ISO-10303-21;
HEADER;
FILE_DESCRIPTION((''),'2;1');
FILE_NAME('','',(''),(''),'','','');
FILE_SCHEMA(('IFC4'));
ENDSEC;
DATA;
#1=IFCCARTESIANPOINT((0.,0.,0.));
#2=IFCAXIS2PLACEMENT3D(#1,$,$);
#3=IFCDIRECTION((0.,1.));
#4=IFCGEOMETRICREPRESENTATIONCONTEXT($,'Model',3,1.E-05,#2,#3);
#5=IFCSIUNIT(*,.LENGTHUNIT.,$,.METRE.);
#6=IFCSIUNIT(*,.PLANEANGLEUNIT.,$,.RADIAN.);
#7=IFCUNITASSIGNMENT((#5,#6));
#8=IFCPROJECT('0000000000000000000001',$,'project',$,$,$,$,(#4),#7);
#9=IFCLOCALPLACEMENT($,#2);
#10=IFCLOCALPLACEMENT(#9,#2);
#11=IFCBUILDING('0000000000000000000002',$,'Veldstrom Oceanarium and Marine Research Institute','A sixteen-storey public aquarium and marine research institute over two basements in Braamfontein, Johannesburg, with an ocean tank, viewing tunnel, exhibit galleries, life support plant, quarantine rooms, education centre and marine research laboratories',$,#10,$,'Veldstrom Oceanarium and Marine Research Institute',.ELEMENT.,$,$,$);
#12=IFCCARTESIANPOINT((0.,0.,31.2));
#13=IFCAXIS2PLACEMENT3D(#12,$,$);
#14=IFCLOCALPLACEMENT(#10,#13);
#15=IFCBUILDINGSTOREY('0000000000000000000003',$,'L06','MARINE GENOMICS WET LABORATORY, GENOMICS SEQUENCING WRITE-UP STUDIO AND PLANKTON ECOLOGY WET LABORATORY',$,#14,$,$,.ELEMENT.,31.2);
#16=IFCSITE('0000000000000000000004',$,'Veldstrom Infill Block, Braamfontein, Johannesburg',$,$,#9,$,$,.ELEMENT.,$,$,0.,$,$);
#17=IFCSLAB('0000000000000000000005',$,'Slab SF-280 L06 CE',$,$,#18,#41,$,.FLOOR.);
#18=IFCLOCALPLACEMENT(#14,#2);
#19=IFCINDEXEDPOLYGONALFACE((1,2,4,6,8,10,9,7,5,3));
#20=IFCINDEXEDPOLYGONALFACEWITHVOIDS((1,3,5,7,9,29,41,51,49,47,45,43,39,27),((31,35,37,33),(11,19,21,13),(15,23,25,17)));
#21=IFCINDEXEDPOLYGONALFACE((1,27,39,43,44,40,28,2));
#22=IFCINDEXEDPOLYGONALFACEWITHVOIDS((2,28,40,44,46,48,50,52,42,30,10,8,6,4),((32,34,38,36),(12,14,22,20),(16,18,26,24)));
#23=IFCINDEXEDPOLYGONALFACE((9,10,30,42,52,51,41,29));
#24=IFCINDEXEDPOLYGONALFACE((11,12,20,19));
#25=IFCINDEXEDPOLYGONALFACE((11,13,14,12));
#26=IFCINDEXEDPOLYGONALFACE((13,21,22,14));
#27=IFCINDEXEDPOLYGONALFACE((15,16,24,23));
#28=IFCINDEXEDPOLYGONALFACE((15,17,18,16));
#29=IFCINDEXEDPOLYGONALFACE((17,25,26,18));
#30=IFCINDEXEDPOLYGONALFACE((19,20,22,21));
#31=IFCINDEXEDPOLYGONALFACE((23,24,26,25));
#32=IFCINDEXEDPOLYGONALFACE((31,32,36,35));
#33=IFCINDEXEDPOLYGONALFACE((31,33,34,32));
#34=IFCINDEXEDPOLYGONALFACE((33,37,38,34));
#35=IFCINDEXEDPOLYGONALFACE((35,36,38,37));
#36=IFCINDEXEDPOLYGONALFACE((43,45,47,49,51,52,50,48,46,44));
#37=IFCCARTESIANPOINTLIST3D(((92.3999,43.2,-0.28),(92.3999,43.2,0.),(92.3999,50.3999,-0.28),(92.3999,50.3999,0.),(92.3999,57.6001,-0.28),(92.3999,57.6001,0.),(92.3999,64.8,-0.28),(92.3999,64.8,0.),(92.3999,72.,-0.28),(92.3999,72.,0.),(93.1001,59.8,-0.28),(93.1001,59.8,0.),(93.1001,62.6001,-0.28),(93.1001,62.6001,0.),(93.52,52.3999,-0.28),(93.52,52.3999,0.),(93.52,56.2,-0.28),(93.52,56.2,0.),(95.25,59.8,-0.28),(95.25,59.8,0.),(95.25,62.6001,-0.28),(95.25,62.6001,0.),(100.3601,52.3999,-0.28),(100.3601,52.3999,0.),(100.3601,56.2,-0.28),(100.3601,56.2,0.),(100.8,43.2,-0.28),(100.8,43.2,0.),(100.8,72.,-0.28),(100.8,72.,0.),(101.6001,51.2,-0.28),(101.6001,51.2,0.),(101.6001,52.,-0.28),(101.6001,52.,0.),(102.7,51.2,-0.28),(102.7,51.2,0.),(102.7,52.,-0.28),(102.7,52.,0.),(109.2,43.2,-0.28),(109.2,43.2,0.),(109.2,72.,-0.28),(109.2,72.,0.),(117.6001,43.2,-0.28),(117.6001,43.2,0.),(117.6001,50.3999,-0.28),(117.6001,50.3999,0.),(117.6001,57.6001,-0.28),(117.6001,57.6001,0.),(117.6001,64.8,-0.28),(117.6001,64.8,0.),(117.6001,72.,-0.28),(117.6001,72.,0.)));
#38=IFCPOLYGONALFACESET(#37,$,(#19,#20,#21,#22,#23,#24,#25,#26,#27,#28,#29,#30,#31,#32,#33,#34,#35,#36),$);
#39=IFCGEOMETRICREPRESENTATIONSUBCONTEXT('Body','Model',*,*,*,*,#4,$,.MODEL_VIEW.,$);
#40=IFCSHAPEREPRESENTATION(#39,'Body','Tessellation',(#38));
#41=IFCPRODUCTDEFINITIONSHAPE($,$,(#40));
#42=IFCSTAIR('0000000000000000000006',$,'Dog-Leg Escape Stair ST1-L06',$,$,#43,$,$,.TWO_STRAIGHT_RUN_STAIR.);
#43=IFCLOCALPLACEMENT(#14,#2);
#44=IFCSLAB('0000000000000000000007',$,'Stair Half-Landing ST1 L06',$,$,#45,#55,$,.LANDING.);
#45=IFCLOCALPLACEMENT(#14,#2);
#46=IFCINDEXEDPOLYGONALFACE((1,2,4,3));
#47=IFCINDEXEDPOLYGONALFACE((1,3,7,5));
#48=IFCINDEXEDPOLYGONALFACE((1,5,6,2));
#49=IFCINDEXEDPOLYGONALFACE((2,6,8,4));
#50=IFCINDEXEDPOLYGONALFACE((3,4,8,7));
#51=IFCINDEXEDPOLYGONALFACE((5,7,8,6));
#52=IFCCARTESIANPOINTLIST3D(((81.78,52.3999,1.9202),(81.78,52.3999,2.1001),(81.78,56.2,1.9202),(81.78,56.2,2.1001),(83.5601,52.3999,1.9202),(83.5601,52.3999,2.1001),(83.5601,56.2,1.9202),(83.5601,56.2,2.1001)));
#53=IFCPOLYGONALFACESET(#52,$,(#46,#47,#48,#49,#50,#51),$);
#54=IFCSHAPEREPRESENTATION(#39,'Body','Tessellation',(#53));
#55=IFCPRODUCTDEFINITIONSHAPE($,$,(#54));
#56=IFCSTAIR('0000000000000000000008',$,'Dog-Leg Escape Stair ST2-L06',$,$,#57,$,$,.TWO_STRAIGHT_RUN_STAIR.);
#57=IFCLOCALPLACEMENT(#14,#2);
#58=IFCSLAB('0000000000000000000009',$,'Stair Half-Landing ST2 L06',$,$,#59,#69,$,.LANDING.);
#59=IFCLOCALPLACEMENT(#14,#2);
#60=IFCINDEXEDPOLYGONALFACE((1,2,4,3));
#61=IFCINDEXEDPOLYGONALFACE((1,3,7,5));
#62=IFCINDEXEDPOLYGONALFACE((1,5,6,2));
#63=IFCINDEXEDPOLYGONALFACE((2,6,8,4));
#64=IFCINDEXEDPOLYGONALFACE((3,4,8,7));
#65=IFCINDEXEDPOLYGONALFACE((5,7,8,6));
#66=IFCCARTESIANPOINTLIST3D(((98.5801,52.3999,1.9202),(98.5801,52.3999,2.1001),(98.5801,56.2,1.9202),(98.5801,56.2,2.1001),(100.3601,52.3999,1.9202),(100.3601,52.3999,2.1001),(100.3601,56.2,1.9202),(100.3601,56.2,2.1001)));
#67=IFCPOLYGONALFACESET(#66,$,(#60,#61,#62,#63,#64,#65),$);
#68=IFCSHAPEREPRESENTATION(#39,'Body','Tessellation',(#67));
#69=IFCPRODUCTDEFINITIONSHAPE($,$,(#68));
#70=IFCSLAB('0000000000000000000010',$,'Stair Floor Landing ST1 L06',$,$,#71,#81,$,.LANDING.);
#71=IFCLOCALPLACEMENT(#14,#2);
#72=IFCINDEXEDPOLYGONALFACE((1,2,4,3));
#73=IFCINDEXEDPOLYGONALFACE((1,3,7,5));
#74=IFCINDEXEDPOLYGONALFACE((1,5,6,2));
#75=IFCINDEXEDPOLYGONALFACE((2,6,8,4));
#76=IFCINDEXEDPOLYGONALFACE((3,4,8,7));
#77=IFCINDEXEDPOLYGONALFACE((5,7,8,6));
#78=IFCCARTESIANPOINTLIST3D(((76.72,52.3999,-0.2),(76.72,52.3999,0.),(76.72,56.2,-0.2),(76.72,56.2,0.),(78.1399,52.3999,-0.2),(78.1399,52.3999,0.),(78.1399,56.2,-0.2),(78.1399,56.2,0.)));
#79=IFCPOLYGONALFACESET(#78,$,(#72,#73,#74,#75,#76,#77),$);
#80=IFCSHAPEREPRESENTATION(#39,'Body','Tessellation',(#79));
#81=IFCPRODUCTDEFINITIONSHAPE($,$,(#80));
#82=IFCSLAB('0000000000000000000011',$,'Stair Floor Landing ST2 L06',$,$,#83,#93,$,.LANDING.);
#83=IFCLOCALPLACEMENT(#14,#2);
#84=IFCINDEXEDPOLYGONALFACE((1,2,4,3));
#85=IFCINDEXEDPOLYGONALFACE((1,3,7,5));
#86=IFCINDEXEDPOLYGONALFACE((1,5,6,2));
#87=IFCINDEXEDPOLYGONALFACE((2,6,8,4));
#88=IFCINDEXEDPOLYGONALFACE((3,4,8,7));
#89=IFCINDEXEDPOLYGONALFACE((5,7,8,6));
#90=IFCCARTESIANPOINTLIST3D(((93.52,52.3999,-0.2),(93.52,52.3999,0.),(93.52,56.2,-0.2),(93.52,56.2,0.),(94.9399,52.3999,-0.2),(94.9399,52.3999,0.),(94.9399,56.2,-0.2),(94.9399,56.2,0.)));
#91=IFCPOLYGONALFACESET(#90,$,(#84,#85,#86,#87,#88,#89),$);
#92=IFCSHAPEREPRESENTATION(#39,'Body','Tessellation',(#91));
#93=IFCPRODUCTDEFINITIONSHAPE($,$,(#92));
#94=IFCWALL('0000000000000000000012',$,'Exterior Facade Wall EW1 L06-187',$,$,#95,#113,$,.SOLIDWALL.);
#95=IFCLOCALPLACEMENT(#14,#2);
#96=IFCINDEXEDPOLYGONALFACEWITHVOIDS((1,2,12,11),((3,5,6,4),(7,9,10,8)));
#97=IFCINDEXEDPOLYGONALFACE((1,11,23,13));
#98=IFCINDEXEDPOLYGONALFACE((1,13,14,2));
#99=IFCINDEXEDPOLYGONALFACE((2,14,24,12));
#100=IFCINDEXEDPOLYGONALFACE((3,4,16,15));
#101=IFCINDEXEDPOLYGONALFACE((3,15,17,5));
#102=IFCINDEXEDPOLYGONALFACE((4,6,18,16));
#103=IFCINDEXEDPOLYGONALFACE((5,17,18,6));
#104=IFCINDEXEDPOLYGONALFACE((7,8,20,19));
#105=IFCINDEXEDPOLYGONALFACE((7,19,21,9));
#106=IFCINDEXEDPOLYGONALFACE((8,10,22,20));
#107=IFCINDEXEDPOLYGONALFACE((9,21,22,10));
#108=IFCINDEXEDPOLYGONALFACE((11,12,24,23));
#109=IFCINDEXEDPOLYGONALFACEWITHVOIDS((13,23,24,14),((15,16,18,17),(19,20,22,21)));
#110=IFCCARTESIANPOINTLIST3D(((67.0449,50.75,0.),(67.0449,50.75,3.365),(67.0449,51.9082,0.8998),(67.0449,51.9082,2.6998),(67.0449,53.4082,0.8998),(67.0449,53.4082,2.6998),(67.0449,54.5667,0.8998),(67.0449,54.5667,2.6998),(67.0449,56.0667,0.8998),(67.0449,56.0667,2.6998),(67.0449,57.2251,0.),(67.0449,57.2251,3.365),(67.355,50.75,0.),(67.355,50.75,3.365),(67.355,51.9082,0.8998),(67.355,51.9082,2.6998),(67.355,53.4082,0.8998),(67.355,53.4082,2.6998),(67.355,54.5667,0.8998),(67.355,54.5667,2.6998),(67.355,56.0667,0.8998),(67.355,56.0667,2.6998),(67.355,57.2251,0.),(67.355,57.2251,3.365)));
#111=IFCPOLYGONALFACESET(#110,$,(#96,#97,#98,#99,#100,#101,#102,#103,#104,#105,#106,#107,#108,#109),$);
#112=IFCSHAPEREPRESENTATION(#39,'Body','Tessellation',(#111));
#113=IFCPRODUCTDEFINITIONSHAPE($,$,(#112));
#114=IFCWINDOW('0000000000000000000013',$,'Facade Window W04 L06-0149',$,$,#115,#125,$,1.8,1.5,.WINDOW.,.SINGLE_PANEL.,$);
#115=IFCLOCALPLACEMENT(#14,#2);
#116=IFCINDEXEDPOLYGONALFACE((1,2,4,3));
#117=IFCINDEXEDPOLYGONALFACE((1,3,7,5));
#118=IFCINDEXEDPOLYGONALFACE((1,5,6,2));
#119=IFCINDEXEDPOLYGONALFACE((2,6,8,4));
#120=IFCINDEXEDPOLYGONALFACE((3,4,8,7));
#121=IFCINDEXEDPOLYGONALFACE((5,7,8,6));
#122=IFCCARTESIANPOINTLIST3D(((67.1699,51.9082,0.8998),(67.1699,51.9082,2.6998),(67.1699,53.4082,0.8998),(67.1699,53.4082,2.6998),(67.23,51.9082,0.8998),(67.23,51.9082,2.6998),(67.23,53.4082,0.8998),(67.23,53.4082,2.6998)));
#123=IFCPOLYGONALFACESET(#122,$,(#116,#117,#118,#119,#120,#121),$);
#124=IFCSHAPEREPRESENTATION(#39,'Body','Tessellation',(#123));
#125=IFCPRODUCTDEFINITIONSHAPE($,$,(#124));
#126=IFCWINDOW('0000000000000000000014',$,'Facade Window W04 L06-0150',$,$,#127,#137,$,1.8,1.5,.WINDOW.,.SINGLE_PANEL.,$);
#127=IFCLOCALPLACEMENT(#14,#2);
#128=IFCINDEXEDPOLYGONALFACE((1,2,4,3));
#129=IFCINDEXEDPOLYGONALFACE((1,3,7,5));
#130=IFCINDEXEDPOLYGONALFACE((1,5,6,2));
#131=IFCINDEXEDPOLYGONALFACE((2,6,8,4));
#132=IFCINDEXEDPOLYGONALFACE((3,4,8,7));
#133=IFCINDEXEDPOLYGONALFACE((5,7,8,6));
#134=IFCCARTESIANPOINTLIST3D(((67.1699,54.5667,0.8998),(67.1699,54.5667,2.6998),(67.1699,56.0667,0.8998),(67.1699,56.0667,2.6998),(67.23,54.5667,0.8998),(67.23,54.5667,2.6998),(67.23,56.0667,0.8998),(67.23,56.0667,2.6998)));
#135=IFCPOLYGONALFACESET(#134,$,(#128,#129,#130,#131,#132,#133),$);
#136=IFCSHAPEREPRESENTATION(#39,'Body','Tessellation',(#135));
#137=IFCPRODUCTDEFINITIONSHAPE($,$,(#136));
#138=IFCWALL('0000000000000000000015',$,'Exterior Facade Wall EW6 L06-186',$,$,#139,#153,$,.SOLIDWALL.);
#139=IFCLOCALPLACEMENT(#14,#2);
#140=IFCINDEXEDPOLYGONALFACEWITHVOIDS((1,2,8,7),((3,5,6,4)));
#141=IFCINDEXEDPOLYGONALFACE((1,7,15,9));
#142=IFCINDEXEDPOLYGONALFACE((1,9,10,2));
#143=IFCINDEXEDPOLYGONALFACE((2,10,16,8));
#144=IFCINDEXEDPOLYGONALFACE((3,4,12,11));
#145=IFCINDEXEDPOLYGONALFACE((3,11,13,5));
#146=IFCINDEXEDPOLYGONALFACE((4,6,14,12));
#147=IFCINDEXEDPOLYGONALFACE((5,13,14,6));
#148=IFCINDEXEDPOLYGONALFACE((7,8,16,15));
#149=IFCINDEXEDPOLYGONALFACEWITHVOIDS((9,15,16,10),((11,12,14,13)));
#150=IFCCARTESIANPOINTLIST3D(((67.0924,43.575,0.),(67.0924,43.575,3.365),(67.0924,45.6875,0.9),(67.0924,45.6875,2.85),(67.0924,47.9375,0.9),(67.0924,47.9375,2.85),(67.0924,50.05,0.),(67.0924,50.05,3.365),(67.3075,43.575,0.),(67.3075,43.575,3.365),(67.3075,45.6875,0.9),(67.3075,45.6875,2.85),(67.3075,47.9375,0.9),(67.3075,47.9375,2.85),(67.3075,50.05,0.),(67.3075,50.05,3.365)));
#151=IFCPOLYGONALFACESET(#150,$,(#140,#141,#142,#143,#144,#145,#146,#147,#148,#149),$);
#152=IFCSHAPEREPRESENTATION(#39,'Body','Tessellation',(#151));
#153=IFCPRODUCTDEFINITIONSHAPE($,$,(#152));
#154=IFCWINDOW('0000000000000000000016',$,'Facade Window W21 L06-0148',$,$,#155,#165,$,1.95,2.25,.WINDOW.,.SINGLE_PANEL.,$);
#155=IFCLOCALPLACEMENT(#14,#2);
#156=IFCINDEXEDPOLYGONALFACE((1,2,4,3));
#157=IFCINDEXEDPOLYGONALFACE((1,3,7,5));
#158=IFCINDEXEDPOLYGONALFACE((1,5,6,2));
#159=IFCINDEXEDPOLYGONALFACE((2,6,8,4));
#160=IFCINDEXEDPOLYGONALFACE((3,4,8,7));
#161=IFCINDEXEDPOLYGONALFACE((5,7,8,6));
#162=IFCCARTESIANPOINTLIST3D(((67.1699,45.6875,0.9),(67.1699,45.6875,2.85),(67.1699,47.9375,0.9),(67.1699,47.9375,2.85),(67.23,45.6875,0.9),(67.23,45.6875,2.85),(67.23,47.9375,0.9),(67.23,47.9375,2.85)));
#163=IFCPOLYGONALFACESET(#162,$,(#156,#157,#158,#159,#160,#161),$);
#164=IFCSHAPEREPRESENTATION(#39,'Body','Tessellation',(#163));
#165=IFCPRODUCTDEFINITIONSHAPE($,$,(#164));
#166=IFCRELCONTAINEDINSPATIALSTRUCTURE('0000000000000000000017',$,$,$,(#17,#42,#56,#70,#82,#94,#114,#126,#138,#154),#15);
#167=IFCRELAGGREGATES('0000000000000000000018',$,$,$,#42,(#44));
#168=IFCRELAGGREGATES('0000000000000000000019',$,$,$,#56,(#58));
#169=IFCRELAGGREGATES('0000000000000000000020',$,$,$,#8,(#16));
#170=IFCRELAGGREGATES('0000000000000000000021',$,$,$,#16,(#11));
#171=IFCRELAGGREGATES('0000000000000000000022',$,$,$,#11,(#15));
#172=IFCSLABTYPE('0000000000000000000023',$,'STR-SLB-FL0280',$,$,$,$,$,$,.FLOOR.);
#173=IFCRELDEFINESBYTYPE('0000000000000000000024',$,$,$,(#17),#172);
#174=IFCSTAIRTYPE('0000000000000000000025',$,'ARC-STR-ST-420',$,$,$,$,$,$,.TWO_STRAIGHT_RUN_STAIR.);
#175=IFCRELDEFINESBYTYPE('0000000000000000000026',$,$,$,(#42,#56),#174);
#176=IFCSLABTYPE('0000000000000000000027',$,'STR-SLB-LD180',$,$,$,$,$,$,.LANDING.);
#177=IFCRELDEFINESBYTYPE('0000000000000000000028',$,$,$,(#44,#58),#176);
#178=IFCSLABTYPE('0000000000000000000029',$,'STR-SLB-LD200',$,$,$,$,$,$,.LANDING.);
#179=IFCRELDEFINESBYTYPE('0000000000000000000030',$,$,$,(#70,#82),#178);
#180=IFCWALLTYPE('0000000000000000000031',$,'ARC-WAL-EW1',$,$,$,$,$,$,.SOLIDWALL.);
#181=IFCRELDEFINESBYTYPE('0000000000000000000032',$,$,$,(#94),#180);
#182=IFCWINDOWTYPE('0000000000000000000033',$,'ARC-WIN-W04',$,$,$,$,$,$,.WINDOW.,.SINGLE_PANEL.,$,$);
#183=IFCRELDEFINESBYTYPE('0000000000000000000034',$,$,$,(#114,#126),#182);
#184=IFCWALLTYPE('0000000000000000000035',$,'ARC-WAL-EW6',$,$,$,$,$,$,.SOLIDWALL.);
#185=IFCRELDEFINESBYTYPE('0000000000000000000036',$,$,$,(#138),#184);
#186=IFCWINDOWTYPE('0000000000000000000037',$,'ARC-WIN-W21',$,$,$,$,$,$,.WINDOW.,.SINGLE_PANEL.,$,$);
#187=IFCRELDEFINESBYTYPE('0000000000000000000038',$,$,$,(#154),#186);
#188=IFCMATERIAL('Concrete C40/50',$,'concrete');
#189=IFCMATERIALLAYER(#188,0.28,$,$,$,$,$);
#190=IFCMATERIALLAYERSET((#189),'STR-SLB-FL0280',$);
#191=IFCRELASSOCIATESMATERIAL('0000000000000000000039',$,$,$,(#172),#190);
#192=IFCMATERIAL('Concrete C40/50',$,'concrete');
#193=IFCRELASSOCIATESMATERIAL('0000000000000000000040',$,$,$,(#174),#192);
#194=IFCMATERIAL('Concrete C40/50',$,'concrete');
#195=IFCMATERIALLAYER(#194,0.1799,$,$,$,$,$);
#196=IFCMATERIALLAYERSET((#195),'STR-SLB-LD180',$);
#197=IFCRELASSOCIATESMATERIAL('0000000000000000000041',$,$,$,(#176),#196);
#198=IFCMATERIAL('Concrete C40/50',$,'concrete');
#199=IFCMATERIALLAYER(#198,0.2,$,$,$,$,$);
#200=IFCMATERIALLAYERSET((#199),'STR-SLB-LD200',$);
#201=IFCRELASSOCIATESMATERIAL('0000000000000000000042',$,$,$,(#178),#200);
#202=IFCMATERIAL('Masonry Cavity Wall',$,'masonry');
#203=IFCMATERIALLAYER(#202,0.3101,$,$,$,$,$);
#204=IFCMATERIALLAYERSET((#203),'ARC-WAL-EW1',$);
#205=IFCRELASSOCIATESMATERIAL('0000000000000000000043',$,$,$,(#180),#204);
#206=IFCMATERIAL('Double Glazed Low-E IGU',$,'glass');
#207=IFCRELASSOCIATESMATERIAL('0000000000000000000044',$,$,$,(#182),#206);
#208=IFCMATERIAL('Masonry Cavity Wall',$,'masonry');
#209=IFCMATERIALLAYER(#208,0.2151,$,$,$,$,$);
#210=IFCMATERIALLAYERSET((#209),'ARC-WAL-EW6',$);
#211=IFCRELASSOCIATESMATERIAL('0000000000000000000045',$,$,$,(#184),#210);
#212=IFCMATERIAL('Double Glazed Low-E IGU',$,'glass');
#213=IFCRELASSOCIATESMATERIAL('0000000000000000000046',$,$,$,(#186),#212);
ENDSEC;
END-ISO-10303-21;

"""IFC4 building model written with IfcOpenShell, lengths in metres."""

from ifc_helpers import new_model, si_unit, direction, frame, frame_2d, origin, place, context, subcontext, project, spatial, polyline, rectangle, outline, extrude, material, layer, layer_set, type_object, element, fill, aggregate, save


model = new_model("IFC4")

# Units and contexts
model_context = context("Model", 3, precision=1e-05, world=origin(), true_north=direction((0.0, 1.0)))
body_context = subcontext(model_context, "Body", "Model", "MODEL_VIEW")
ifc_project = project(units=[si_unit("LENGTHUNIT", "METRE"), si_unit("PLANEANGLEUNIT", "RADIAN")], contexts=[model_context])

# Site, building, storey
site_placement = place(None, origin())
site = spatial("IfcSite", under=ifc_project, at=site_placement, Name="Veldstrom Infill Block, Braamfontein, Johannesburg", CompositionType="ELEMENT", RefElevation=0.0)
building_placement = place(site_placement, origin())
building = spatial("IfcBuilding", under=site, at=building_placement, Name="Veldstrom Oceanarium and Marine Research Institute", Description="A sixteen-storey public aquarium and marine research institute over two basements in Braamfontein, Johannesburg, with an ocean tank, viewing tunnel, exhibit galleries, life support plant, quarantine rooms, education centre and marine research laboratories", LongName="Veldstrom Oceanarium and Marine Research Institute", CompositionType="ELEMENT")
storey_placement = place(building_placement, frame((0.0, 0.0, 31.2)))
storey = spatial("IfcBuildingStorey", under=building, at=storey_placement, Name="L06", Description="MARINE GENOMICS WET LABORATORY, GENOMICS SEQUENCING WRITE-UP STUDIO AND PLANKTON ECOLOGY WET LABORATORY", CompositionType="ELEMENT", Elevation=31.2)

# Slab
ifc_material_1 = material(Name="Concrete C40/50", Category="concrete")
ifc_layer_1 = layer(ifc_material_1, 0.28)
ifc_layer_set_1 = layer_set([ifc_layer_1], Name="STR-SLB-FL0280")
slab_type_1 = type_object("IfcSlabType", Name="STR-SLB-FL0280", PredefinedType="FLOOR", material=ifc_layer_set_1)
slab_1_placement = place(storey_placement, frame((0.0, 0.0, -0.28)))
element("IfcSlab", 1, at=slab_1_placement, inside=storey, type_object=slab_type_1, Name="Slab SF-280 L06 CE", PredefinedType="FLOOR", context=body_context, shape_type="SweptSolid", body=[
    extrude(outline(polyline([(117.6001, 57.6001), (117.6001, 50.3999), (117.6001, 43.2), (109.2, 43.2), (100.8, 43.2), (92.3999, 43.2), (92.3999, 50.3999), (92.3999, 57.6001), (92.3999, 64.8), (92.3999, 72.0), (100.8, 72.0), (109.2, 72.0), (117.6001, 72.0), (117.6001, 64.8), (117.6001, 57.6001)]), holes=[polyline([(93.52, 52.3999), (100.3601, 52.3999), (100.3601, 56.2), (93.52, 56.2), (93.52, 52.3999)]), polyline([(95.25, 62.6001), (93.1001, 62.6001), (93.1001, 59.8), (95.25, 59.8), (95.25, 62.6001)]), polyline([(102.7, 52.0), (101.6001, 52.0), (101.6001, 51.2), (102.7, 51.2), (102.7, 52.0)])]), origin(), (0.0, 0.0, 1.0), 0.28),
])

# Stairs, slabs
ifc_material_2 = material(Name="Concrete C40/50", Category="concrete")
stair_type = type_object("IfcStairType", Name="ARC-STR-ST-420", PredefinedType="TWO_STRAIGHT_RUN_STAIR", material=ifc_material_2)
stair_1_placement = place(storey_placement, origin())
stair_1 = element("IfcStair", 2, at=stair_1_placement, inside=storey, type_object=stair_type, Name="Dog-Leg Escape Stair ST1-L06", PredefinedType="TWO_STRAIGHT_RUN_STAIR")
ifc_material_3 = material(Name="Concrete C40/50", Category="concrete")
ifc_layer_2 = layer(ifc_material_3, 0.1799)
ifc_layer_set_2 = layer_set([ifc_layer_2], Name="STR-SLB-LD180")
slab_type_2 = type_object("IfcSlabType", Name="STR-SLB-LD180", PredefinedType="LANDING", material=ifc_layer_set_2)
slab_2_placement = place(storey_placement, frame((0.0, 0.0, 1.9202)))
slab_2 = element("IfcSlab", 3, at=slab_2_placement, type_object=slab_type_2, Name="Stair Half-Landing ST1 L06", PredefinedType="LANDING", context=body_context, shape_type="SweptSolid", body=[
    extrude(outline(polyline([(81.78, 52.3999), (83.5601, 52.3999), (83.5601, 56.2), (81.78, 56.2), (81.78, 52.3999)])), origin(), (0.0, 0.0, 1.0), 0.1799),
])
aggregate(stair_1, [slab_2])
stair_2_placement = place(storey_placement, origin())
stair_2 = element("IfcStair", 4, at=stair_2_placement, inside=storey, type_object=stair_type, Name="Dog-Leg Escape Stair ST2-L06", PredefinedType="TWO_STRAIGHT_RUN_STAIR")
slab_3_placement = place(storey_placement, frame((0.0, 0.0, 1.9202)))
slab_3 = element("IfcSlab", 5, at=slab_3_placement, type_object=slab_type_2, Name="Stair Half-Landing ST2 L06", PredefinedType="LANDING", context=body_context, shape_type="SweptSolid", body=[
    extrude(outline(polyline([(98.5801, 52.3999), (100.3601, 52.3999), (100.3601, 56.2), (98.5801, 56.2), (98.5801, 52.3999)])), origin(), (0.0, 0.0, 1.0), 0.1799),
])
aggregate(stair_2, [slab_3])

# Slabs
ifc_material_4 = material(Name="Concrete C40/50", Category="concrete")
ifc_layer_3 = layer(ifc_material_4, 0.2)
ifc_layer_set_3 = layer_set([ifc_layer_3], Name="STR-SLB-LD200")
slab_type_3 = type_object("IfcSlabType", Name="STR-SLB-LD200", PredefinedType="LANDING", material=ifc_layer_set_3)
slab_4_placement = place(storey_placement, frame((0.0, 0.0, -0.2)))
element("IfcSlab", 6, at=slab_4_placement, inside=storey, type_object=slab_type_3, Name="Stair Floor Landing ST1 L06", PredefinedType="LANDING", context=body_context, shape_type="SweptSolid", body=[
    extrude(outline(polyline([(76.72, 52.3999), (78.1399, 52.3999), (78.1399, 56.2), (76.72, 56.2), (76.72, 52.3999)])), origin(), (0.0, 0.0, 1.0), 0.2),
])
slab_5_placement = place(storey_placement, frame((0.0, 0.0, -0.2)))
element("IfcSlab", 7, at=slab_5_placement, inside=storey, type_object=slab_type_3, Name="Stair Floor Landing ST2 L06", PredefinedType="LANDING", context=body_context, shape_type="SweptSolid", body=[
    extrude(outline(polyline([(93.52, 52.3999), (94.9399, 52.3999), (94.9399, 56.2), (93.52, 56.2), (93.52, 52.3999)])), origin(), (0.0, 0.0, 1.0), 0.2),
])

# Wall, openings, windows
ifc_material_5 = material(Name="Masonry Cavity Wall", Category="masonry")
ifc_layer_4 = layer(ifc_material_5, 0.3101)
ifc_layer_set_4 = layer_set([ifc_layer_4], Name="ARC-WAL-EW1")
wall_type_1 = type_object("IfcWallType", Name="ARC-WAL-EW1", PredefinedType="SOLIDWALL", material=ifc_layer_set_4)
wall_1_placement = place(storey_placement, frame((67.2, 50.75, 0.0), z_axis=(0.0, 0.0, 1.0), x_axis=(0.0, 1.0, 0.0)))
wall_1 = element("IfcWall", 8, at=wall_1_placement, inside=storey, type_object=wall_type_1, Name="Exterior Facade Wall EW1 L06-187", PredefinedType="SOLIDWALL", context=body_context, shape_type="SweptSolid", body=[
    extrude(rectangle(XDim=6.4751, YDim=0.3101, at=frame_2d((3.2375, 0.0))), origin(), (0.0, 0.0, 1.0), 3.365),
])
opening_1_placement = place(wall_1_placement, frame((1.1582, 0.0, 0.8999)))
opening_1 = element("IfcOpeningElement", 9, at=opening_1_placement, cuts=wall_1, PredefinedType="OPENING", context=body_context, shape_type="SweptSolid", body=[
    extrude(rectangle(XDim=1.5, YDim=1.8, at=frame_2d((0.75, 0.8999))), frame((0.0, 0.165, 0.0), z_axis=(0.0, -1.0, 0.0), x_axis=(1.0, 0.0, 0.0)), (0.0, 0.0, 1.0), 0.3301),
])
opening_2_placement = place(wall_1_placement, frame((3.8167, 0.0, 0.8999)))
opening_2 = element("IfcOpeningElement", 10, at=opening_2_placement, cuts=wall_1, PredefinedType="OPENING", context=body_context, shape_type="SweptSolid", body=[
    extrude(rectangle(XDim=1.5, YDim=1.8, at=frame_2d((0.75, 0.8999))), frame((0.0, 0.165, 0.0), z_axis=(0.0, -1.0, 0.0), x_axis=(1.0, 0.0, 0.0)), (0.0, 0.0, 1.0), 0.3301),
])
ifc_material_6 = material(Name="Double Glazed Low-E IGU", Category="glass")
window_type_1 = type_object("IfcWindowType", Name="ARC-WIN-W04", PartitioningType="SINGLE_PANEL", PredefinedType="WINDOW", material=ifc_material_6)
window_1_placement = place(opening_1_placement, origin())
window_1 = element("IfcWindow", 11, at=window_1_placement, inside=storey, type_object=window_type_1, Name="Facade Window W04 L06-0149", OverallHeight=1.8, OverallWidth=1.5, PartitioningType="SINGLE_PANEL", PredefinedType="WINDOW", context=body_context, shape_type="SweptSolid", body=[
    extrude(rectangle(XDim=1.5, YDim=1.8, at=frame_2d((0.75, 0.8999))), frame((0.0, 0.03, 0.0), z_axis=(0.0, -1.0, 0.0), x_axis=(1.0, 0.0, 0.0)), (0.0, 0.0, 1.0), 0.0601),
])
fill(opening_1, window_1)
window_2_placement = place(opening_2_placement, origin())
window_2 = element("IfcWindow", 12, at=window_2_placement, inside=storey, type_object=window_type_1, Name="Facade Window W04 L06-0150", OverallHeight=1.8, OverallWidth=1.5, PartitioningType="SINGLE_PANEL", PredefinedType="WINDOW", context=body_context, shape_type="SweptSolid", body=[
    extrude(rectangle(XDim=1.5, YDim=1.8, at=frame_2d((0.75, 0.8999))), frame((0.0, 0.03, 0.0), z_axis=(0.0, -1.0, 0.0), x_axis=(1.0, 0.0, 0.0)), (0.0, 0.0, 1.0), 0.0601),
])
fill(opening_2, window_2)

# Wall, opening, window
ifc_material_7 = material(Name="Masonry Cavity Wall", Category="masonry")
ifc_layer_5 = layer(ifc_material_7, 0.2151)
ifc_layer_set_5 = layer_set([ifc_layer_5], Name="ARC-WAL-EW6")
wall_type_2 = type_object("IfcWallType", Name="ARC-WAL-EW6", PredefinedType="SOLIDWALL", material=ifc_layer_set_5)
wall_2_placement = place(storey_placement, frame((67.2, 43.575, 0.0), z_axis=(0.0, 0.0, 1.0), x_axis=(0.0, 1.0, 0.0)))
wall_2 = element("IfcWall", 13, at=wall_2_placement, inside=storey, type_object=wall_type_2, Name="Exterior Facade Wall EW6 L06-186", PredefinedType="SOLIDWALL", context=body_context, shape_type="SweptSolid", body=[
    extrude(rectangle(XDim=6.4751, YDim=0.2151, at=frame_2d((3.2375, 0.0))), origin(), (0.0, 0.0, 1.0), 3.365),
])
opening_3_placement = place(wall_2_placement, frame((2.1125, 0.0, 0.8999)))
opening_3 = element("IfcOpeningElement", 14, at=opening_3_placement, cuts=wall_2, PredefinedType="OPENING", context=body_context, shape_type="SweptSolid", body=[
    extrude(rectangle(XDim=2.25, YDim=1.95, at=frame_2d((1.125, 0.9751))), frame((0.0, 0.1174, 0.0), z_axis=(0.0, -1.0, 0.0), x_axis=(1.0, 0.0, 0.0)), (0.0, 0.0, 1.0), 0.2351),
])
ifc_material_8 = material(Name="Double Glazed Low-E IGU", Category="glass")
window_type_2 = type_object("IfcWindowType", Name="ARC-WIN-W21", PartitioningType="SINGLE_PANEL", PredefinedType="WINDOW", material=ifc_material_8)
window_3_placement = place(opening_3_placement, origin())
window_3 = element("IfcWindow", 15, at=window_3_placement, inside=storey, type_object=window_type_2, Name="Facade Window W21 L06-0148", OverallHeight=1.95, OverallWidth=2.25, PartitioningType="SINGLE_PANEL", PredefinedType="WINDOW", context=body_context, shape_type="SweptSolid", body=[
    extrude(rectangle(XDim=2.25, YDim=1.95, at=frame_2d((1.125, 0.9751))), frame((0.0, 0.03, 0.0), z_axis=(0.0, -1.0, 0.0), x_axis=(1.0, 0.0, 0.0)), (0.0, 0.0, 1.0), 0.0601),
])
fill(opening_3, window_3)

save(model, "model.ifc")
